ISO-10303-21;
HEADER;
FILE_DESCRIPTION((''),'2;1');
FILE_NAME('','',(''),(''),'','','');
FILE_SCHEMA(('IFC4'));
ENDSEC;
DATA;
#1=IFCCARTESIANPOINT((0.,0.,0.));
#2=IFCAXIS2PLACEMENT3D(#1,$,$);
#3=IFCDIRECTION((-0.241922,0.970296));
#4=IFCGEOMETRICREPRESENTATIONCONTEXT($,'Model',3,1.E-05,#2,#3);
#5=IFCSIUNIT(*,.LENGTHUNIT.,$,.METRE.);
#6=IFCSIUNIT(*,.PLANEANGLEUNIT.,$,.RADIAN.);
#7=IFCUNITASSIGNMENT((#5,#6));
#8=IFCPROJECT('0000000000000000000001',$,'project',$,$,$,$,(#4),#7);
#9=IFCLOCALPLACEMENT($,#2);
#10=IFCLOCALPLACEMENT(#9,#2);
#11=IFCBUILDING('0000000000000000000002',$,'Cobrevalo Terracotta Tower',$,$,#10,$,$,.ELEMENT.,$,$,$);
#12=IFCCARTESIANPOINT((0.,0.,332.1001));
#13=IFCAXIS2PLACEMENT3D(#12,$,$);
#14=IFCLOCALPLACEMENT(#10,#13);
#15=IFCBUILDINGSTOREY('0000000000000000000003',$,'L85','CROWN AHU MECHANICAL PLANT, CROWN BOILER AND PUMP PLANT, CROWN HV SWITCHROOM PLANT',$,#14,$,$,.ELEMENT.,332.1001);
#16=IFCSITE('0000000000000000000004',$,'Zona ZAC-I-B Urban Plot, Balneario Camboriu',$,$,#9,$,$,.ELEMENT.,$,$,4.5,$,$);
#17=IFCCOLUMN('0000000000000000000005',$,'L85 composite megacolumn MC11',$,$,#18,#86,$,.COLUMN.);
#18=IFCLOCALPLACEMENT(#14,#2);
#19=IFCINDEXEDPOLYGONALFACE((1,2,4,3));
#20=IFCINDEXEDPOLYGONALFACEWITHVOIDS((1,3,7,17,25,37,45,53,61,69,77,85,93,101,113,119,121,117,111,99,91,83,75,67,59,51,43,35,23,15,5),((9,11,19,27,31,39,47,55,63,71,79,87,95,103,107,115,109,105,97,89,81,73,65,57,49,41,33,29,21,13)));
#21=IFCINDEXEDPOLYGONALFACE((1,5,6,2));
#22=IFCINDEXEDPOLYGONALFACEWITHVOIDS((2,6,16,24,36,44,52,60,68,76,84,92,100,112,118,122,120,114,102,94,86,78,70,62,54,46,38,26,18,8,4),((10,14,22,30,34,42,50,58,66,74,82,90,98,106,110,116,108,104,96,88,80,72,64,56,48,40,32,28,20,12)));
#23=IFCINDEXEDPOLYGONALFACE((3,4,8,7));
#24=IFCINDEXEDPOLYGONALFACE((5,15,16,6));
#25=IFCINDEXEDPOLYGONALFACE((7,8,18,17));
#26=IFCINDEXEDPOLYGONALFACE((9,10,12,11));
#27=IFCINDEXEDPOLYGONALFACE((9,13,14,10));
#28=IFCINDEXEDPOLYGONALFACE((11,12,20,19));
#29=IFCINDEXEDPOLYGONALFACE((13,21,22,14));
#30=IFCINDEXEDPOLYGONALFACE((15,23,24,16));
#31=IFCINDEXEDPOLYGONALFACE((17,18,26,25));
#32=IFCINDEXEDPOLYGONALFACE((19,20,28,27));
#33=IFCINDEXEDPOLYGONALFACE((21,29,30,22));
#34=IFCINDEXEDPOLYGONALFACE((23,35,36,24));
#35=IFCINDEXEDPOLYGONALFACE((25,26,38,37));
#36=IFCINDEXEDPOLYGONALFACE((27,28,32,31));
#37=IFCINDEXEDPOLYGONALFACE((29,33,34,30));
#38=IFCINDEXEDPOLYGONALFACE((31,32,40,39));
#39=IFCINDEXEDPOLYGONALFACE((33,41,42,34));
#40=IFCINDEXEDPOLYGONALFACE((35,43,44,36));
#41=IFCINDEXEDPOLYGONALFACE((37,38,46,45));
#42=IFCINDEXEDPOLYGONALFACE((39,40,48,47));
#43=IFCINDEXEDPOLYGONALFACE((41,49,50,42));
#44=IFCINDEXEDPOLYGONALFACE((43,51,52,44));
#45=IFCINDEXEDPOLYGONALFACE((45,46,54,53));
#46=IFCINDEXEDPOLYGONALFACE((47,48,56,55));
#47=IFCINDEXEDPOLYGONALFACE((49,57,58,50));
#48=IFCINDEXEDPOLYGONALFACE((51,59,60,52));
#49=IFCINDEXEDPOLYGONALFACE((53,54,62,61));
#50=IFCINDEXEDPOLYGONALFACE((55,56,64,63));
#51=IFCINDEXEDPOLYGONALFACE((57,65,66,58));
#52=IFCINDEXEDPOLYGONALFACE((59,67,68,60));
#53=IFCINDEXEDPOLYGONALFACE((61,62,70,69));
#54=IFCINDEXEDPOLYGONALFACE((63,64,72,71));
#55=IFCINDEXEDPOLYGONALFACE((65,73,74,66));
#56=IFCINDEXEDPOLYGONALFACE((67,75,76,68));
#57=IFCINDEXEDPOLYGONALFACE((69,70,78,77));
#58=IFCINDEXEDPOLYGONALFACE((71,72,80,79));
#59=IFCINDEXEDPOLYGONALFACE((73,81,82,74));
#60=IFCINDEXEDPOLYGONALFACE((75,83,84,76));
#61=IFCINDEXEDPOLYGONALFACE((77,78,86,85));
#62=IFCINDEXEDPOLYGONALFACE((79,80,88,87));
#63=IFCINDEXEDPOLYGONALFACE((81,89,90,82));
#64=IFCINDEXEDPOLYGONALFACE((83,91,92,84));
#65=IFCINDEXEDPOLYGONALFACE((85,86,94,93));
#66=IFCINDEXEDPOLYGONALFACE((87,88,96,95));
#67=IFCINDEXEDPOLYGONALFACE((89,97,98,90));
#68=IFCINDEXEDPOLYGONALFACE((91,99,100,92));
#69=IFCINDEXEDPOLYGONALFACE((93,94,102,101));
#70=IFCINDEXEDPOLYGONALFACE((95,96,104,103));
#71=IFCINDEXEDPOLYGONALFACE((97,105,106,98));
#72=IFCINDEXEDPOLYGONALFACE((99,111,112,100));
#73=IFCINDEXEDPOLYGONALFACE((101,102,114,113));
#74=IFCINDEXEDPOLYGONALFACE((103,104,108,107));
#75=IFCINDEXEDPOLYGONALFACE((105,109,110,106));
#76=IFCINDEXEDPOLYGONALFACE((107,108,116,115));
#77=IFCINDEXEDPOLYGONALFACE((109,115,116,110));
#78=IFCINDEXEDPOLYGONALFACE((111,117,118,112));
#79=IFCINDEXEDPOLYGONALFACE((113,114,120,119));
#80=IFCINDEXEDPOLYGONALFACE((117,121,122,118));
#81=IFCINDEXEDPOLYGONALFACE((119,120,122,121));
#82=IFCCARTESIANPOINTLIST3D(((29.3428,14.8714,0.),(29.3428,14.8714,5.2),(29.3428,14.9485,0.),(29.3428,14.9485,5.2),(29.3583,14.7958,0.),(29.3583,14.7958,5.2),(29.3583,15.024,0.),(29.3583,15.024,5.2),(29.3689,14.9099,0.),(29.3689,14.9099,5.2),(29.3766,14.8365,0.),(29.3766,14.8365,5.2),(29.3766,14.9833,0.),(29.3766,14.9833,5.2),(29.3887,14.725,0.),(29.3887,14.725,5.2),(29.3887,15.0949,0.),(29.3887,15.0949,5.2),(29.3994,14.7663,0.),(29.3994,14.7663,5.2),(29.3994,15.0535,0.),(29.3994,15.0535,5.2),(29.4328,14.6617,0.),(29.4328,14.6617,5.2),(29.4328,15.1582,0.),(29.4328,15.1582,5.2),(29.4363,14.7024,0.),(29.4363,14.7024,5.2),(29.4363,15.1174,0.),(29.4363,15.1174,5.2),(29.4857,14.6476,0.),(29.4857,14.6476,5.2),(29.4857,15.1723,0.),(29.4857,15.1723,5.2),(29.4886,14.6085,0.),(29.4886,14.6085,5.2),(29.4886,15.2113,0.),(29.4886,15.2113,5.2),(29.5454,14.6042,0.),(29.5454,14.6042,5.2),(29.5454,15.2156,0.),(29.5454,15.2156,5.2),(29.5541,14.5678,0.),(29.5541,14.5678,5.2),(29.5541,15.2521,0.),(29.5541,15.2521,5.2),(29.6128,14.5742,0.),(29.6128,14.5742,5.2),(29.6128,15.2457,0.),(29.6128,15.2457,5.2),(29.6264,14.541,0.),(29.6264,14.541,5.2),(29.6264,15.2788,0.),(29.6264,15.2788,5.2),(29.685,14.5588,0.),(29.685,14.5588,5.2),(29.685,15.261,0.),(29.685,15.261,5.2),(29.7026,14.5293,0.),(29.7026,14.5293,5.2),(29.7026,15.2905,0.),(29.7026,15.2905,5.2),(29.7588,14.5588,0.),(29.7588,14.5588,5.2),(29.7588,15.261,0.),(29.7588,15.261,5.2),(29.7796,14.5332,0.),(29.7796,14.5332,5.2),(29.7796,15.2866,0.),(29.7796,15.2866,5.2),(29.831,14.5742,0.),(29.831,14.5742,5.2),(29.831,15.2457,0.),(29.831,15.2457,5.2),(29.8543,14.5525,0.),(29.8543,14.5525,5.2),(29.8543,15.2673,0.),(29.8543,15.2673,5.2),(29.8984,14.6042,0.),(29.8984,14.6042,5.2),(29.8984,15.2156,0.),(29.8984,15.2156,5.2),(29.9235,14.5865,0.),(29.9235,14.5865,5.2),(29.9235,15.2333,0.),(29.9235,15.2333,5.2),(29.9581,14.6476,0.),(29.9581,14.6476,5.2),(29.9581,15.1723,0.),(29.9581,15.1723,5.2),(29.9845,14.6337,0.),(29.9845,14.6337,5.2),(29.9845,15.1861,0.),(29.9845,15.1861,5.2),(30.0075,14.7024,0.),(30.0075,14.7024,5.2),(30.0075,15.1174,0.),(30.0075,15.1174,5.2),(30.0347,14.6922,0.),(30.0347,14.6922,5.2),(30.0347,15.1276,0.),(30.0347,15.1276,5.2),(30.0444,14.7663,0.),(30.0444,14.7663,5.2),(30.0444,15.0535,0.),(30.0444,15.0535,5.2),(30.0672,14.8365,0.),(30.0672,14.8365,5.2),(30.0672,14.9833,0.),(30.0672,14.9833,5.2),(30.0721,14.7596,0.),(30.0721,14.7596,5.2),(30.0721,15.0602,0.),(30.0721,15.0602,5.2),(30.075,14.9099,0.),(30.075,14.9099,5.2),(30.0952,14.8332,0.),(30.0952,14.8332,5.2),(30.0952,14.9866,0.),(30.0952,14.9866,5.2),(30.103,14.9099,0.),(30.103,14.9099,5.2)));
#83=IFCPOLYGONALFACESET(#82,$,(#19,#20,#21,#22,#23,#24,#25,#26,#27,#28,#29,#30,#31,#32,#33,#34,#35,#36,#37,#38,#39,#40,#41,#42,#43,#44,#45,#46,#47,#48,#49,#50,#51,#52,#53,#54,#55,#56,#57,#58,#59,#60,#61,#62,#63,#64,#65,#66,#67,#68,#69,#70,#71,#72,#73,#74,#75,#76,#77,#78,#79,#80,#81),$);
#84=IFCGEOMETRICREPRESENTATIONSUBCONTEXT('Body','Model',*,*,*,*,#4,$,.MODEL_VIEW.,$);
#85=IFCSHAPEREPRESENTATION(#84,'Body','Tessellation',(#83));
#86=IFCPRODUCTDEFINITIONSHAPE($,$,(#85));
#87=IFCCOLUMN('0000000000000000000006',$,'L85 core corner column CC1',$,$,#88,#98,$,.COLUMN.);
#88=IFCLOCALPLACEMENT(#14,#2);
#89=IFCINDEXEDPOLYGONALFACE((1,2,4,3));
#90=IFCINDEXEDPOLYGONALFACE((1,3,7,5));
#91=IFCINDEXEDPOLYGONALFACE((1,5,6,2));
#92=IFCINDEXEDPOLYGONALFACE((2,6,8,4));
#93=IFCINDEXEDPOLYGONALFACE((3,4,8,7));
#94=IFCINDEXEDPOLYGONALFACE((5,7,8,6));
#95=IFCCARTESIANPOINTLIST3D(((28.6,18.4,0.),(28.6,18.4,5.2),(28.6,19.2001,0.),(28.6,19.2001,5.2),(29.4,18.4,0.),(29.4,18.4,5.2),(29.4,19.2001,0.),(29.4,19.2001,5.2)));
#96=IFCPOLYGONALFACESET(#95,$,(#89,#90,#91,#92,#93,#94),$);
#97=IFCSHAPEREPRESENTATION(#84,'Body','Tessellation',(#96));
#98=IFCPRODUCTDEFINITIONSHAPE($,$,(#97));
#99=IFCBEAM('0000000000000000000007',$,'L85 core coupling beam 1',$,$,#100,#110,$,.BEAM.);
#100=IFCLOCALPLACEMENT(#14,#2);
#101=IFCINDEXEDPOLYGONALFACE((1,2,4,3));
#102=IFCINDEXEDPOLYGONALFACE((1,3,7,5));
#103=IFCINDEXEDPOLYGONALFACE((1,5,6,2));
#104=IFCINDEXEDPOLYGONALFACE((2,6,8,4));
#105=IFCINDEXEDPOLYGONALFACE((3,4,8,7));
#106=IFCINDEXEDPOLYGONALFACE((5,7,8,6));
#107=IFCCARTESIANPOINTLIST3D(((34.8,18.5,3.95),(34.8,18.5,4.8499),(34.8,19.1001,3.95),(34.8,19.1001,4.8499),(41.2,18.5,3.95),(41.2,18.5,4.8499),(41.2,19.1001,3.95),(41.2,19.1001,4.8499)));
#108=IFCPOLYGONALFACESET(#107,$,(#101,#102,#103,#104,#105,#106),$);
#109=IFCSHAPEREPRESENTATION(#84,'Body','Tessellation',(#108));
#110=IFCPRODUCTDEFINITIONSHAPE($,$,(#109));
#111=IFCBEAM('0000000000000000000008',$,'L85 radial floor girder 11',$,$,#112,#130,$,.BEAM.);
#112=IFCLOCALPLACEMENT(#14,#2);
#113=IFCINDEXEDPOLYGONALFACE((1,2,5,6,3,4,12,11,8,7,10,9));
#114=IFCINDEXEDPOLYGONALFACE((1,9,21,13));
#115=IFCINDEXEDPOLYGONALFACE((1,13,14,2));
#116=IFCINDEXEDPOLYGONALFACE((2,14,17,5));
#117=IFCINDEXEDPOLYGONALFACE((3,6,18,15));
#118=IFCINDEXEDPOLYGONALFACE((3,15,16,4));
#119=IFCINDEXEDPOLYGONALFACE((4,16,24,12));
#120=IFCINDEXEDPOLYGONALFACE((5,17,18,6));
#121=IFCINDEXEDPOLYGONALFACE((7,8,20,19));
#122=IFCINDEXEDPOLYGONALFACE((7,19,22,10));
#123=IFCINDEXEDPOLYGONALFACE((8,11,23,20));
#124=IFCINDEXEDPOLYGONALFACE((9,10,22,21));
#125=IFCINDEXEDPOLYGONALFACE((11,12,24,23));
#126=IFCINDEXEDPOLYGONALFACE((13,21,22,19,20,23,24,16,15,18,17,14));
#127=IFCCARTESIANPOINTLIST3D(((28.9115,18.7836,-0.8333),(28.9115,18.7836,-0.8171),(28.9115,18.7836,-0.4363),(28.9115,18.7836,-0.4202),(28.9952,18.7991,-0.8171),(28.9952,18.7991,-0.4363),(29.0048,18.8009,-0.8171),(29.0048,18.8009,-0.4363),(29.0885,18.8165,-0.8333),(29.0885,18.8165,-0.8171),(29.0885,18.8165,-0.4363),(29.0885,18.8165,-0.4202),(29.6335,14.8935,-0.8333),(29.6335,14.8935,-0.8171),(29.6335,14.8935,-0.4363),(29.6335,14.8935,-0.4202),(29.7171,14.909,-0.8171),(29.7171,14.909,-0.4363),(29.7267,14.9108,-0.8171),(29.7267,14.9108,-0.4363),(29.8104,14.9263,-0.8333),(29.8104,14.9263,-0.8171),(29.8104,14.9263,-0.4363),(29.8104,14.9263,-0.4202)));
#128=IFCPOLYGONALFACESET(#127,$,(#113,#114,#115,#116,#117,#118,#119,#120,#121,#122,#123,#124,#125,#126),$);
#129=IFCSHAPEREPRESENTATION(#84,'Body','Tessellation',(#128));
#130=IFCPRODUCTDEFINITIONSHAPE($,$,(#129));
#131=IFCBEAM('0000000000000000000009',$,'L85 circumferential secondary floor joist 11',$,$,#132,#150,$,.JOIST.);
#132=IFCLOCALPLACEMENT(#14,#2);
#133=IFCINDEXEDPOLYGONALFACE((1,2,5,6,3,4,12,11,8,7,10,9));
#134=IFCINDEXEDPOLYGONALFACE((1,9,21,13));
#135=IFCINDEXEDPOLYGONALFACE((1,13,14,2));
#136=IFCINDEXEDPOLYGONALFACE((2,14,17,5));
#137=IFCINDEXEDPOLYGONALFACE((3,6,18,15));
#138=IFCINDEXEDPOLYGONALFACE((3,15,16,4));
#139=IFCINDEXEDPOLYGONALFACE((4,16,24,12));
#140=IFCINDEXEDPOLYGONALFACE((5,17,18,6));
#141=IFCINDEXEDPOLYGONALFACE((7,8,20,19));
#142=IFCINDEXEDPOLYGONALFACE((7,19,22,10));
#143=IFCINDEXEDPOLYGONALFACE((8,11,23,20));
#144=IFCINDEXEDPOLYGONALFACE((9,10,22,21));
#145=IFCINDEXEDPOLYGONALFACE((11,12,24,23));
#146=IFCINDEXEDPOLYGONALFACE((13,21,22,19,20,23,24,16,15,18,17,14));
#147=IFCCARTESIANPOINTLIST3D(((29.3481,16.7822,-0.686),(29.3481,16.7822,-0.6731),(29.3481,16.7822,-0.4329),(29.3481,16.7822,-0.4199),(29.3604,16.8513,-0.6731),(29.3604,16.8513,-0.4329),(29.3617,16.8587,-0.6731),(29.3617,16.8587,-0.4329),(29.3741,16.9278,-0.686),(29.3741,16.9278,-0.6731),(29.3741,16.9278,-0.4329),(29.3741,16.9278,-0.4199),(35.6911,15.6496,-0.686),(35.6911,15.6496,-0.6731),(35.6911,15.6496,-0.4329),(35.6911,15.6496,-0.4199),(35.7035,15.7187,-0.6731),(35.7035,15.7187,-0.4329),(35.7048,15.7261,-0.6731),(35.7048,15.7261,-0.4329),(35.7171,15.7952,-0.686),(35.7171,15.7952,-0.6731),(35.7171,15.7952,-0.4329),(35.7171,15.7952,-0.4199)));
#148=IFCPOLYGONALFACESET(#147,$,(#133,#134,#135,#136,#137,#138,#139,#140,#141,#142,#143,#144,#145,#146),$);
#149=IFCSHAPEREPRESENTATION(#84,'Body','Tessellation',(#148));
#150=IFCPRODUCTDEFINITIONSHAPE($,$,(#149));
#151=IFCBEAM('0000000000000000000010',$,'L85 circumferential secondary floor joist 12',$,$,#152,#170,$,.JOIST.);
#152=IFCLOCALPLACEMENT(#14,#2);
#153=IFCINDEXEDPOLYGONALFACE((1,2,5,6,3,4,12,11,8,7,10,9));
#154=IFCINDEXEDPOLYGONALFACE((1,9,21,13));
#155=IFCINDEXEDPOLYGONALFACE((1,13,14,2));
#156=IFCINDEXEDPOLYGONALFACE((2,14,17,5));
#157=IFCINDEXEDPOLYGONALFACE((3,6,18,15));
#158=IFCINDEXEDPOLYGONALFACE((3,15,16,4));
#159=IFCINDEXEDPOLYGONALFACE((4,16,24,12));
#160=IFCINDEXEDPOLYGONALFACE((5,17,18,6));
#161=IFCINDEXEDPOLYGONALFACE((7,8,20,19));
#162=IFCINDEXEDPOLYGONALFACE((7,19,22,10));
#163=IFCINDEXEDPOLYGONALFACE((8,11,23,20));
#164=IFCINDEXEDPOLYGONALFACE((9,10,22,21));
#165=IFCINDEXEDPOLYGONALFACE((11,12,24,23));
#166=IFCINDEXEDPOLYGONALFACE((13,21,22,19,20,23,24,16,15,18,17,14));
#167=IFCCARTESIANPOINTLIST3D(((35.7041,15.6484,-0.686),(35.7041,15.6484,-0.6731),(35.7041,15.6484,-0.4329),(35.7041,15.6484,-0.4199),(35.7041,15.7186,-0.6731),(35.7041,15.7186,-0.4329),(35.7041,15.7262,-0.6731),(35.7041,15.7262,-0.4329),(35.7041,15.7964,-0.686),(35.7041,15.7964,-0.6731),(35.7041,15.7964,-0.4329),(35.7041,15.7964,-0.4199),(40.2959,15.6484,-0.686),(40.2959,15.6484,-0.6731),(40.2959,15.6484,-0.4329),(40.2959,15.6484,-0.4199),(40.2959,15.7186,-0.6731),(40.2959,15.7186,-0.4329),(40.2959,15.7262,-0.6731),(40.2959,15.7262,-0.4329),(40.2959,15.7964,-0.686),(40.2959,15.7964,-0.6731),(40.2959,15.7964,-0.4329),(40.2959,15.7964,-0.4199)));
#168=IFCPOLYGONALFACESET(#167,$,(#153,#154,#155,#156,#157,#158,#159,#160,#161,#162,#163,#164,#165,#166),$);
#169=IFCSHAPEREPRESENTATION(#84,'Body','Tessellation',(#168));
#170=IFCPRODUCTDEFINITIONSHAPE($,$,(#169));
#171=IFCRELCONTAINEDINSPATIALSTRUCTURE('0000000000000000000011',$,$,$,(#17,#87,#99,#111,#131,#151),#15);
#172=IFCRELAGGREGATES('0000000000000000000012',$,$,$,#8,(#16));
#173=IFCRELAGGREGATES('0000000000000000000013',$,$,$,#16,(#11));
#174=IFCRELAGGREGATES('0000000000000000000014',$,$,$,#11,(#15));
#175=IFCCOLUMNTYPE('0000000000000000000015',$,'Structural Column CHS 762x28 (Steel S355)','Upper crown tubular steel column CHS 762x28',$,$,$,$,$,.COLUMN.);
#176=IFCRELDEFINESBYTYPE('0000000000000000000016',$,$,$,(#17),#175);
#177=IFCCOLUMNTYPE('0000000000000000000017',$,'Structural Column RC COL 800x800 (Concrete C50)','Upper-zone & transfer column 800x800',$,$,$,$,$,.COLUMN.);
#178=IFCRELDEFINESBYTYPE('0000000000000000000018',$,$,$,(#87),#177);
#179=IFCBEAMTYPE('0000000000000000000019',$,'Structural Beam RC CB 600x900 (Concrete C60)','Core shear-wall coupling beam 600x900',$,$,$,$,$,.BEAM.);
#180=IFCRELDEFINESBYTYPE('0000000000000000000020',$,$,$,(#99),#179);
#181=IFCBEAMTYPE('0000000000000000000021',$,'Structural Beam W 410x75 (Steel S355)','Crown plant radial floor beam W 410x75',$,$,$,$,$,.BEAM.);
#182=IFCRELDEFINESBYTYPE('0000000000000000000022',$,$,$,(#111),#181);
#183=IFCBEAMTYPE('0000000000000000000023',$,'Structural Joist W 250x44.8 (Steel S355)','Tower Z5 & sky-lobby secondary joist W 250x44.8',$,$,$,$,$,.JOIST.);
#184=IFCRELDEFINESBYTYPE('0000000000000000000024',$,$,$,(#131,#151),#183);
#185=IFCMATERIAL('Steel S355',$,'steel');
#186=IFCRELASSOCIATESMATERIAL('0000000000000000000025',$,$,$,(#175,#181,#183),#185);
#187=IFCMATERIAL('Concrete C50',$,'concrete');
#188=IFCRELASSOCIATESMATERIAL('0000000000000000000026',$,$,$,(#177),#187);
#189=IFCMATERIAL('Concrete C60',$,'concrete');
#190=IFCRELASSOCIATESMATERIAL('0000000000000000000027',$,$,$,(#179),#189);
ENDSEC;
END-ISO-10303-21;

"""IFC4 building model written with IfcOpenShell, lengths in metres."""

from ifc_helpers import new_model, si_unit, direction, frame, origin, origin_2d, place, context, subcontext, project, spatial, rectangle, hollow_circle, i_section, extrude, material, material_profile, profile_set, type_object, element, save


model = new_model("IFC4")

# Units and contexts
model_context = context("Model", 3, precision=1e-05, world=origin(), true_north=direction((-0.241922, 0.970296)))
body_context = subcontext(model_context, "Body", "Model", "MODEL_VIEW")
ifc_project = project(units=[si_unit("LENGTHUNIT", "METRE"), si_unit("PLANEANGLEUNIT", "RADIAN")], contexts=[model_context])

# Site, building, storey
site_placement = place(None, origin())
site = spatial("IfcSite", under=ifc_project, at=site_placement, Name="Zona ZAC-I-B Urban Plot, Balneario Camboriu", CompositionType="ELEMENT", RefElevation=4.5)
building_placement = place(site_placement, origin())
building = spatial("IfcBuilding", under=site, at=building_placement, Name="Cobrevalo Terracotta Tower", CompositionType="ELEMENT")
storey_placement = place(building_placement, frame((0.0, 0.0, 332.1001)))
storey = spatial("IfcBuildingStorey", under=building, at=storey_placement, Name="L85", Description="CROWN AHU MECHANICAL PLANT, CROWN BOILER AND PUMP PLANT, CROWN HV SWITCHROOM PLANT", CompositionType="ELEMENT", Elevation=332.1001)

# Columns
ifc_material_1 = material(Name="Steel S355", Category="steel")
ifc_material_profile_1 = material_profile(ifc_material_1, hollow_circle(Radius=0.3811, WallThickness=0.0281, at=origin_2d()), Name="CHS 762x28")
ifc_profile_set_1 = profile_set([ifc_material_profile_1], Name="Steel S355")
column_type_1 = type_object("IfcColumnType", Name="Structural Column CHS 762x28 (Steel S355)", Description="Upper crown tubular steel column CHS 762x28", PredefinedType="COLUMN", material=ifc_profile_set_1)
column_1_placement = place(storey_placement, frame((29.7219, 14.9099, 0.0), z_axis=(0.0, 0.0, 1.0), x_axis=(1.0, 0.0, 0.0)))
element("IfcColumn", 1, at=column_1_placement, inside=storey, type_object=column_type_1, Name="L85 composite megacolumn MC11", PredefinedType="COLUMN", context=body_context, shape_type="SweptSolid", body=[
    extrude(hollow_circle(Radius=0.3811, WallThickness=0.0281, at=origin_2d()), origin(), (0.0, 0.0, 1.0), 5.2),
])
ifc_material_2 = material(Name="Concrete C50", Category="concrete")
ifc_material_profile_2 = material_profile(ifc_material_2, rectangle(XDim=0.8, YDim=0.8, at=origin_2d()), Name="RC COL 800x800")
ifc_profile_set_2 = profile_set([ifc_material_profile_2], Name="Concrete C50")
column_type_2 = type_object("IfcColumnType", Name="Structural Column RC COL 800x800 (Concrete C50)", Description="Upper-zone & transfer column 800x800", PredefinedType="COLUMN", material=ifc_profile_set_2)
column_2_placement = place(storey_placement, frame((29.0, 18.8, 0.0), z_axis=(0.0, 0.0, 1.0), x_axis=(1.0, 0.0, 0.0)))
element("IfcColumn", 2, at=column_2_placement, inside=storey, type_object=column_type_2, Name="L85 core corner column CC1", PredefinedType="COLUMN", context=body_context, shape_type="SweptSolid", body=[
    extrude(rectangle(XDim=0.8, YDim=0.8, at=origin_2d()), origin(), (0.0, 0.0, 1.0), 5.2),
])

# Beams
ifc_material_3 = material(Name="Concrete C60", Category="concrete")
ifc_material_profile_3 = material_profile(ifc_material_3, rectangle(XDim=0.6001, YDim=0.8999, at=origin_2d()), Name="RC CB 600x900")
ifc_profile_set_3 = profile_set([ifc_material_profile_3], Name="Concrete C60")
beam_type_1 = type_object("IfcBeamType", Name="Structural Beam RC CB 600x900 (Concrete C60)", Description="Core shear-wall coupling beam 600x900", PredefinedType="BEAM", material=ifc_profile_set_3)
beam_1_placement = place(storey_placement, frame((34.8, 18.8, 4.3999), z_axis=(1.0, 0.0, 0.0), x_axis=(0.0, 1.0, 0.0)))
element("IfcBeam", 3, at=beam_1_placement, inside=storey, type_object=beam_type_1, Name="L85 core coupling beam 1", PredefinedType="BEAM", context=body_context, shape_type="SweptSolid", body=[
    extrude(rectangle(XDim=0.6001, YDim=0.8999, at=origin_2d()), origin(), (0.0, 0.0, 1.0), 6.3999),
])
ifc_material_profile_4 = material_profile(ifc_material_1, i_section(OverallWidth=0.1799, OverallDepth=0.4131, WebThickness=0.0098, FlangeThickness=0.0161, at=origin_2d()), Name="W 410x75")
ifc_profile_set_4 = profile_set([ifc_material_profile_4], Name="Steel S355")
beam_type_2 = type_object("IfcBeamType", Name="Structural Beam W 410x75 (Steel S355)", Description="Crown plant radial floor beam W 410x75", PredefinedType="BEAM", material=ifc_profile_set_4)
beam_2_placement = place(storey_placement, frame((29.7219, 14.9099, -0.6267), z_axis=(-0.182463, 0.983213, 0.0), x_axis=(-0.983213, -0.182463, 0.0)))
element("IfcBeam", 4, at=beam_2_placement, inside=storey, type_object=beam_type_2, Name="L85 radial floor girder 11", PredefinedType="BEAM", context=body_context, shape_type="SweptSolid", body=[
    extrude(i_section(OverallWidth=0.1799, OverallDepth=0.4131, WebThickness=0.0098, FlangeThickness=0.0161, at=origin_2d()), origin(), (0.0, 0.0, 1.0), 3.9565),
])
ifc_material_profile_5 = material_profile(ifc_material_1, i_section(OverallWidth=0.1479, OverallDepth=0.2661, WebThickness=0.0076, FlangeThickness=0.0129, at=origin_2d()), Name="W 250x44.8")
ifc_profile_set_5 = profile_set([ifc_material_profile_5], Name="Steel S355")
beam_type_3 = type_object("IfcBeamType", Name="Structural Joist W 250x44.8 (Steel S355)", Description="Tower Z5 & sky-lobby secondary joist W 250x44.8", PredefinedType="JOIST", material=ifc_profile_set_5)
beam_3_placement = place(storey_placement, frame((29.3611, 16.855, -0.553), z_axis=(0.984431, -0.175774, 0.0), x_axis=(0.175774, 0.984431, 0.0)))
element("IfcBeam", 5, at=beam_3_placement, inside=storey, type_object=beam_type_3, Name="L85 circumferential secondary floor joist 11", PredefinedType="JOIST", context=body_context, shape_type="SweptSolid", body=[
    extrude(i_section(OverallWidth=0.1479, OverallDepth=0.2661, WebThickness=0.0076, FlangeThickness=0.0129, at=origin_2d()), origin(), (0.0, 0.0, 1.0), 6.4434),
])
beam_4_placement = place(storey_placement, frame((35.7041, 15.7224, -0.553), z_axis=(1.0, 0.0, 0.0), x_axis=(0.0, 1.0, 0.0)))
element("IfcBeam", 6, at=beam_4_placement, inside=storey, type_object=beam_type_3, Name="L85 circumferential secondary floor joist 12", PredefinedType="JOIST", context=body_context, shape_type="SweptSolid", body=[
    extrude(i_section(OverallWidth=0.1479, OverallDepth=0.2661, WebThickness=0.0076, FlangeThickness=0.0129, at=origin_2d()), origin(), (0.0, 0.0, 1.0), 4.5918),
])

save(model, "model.ifc")
